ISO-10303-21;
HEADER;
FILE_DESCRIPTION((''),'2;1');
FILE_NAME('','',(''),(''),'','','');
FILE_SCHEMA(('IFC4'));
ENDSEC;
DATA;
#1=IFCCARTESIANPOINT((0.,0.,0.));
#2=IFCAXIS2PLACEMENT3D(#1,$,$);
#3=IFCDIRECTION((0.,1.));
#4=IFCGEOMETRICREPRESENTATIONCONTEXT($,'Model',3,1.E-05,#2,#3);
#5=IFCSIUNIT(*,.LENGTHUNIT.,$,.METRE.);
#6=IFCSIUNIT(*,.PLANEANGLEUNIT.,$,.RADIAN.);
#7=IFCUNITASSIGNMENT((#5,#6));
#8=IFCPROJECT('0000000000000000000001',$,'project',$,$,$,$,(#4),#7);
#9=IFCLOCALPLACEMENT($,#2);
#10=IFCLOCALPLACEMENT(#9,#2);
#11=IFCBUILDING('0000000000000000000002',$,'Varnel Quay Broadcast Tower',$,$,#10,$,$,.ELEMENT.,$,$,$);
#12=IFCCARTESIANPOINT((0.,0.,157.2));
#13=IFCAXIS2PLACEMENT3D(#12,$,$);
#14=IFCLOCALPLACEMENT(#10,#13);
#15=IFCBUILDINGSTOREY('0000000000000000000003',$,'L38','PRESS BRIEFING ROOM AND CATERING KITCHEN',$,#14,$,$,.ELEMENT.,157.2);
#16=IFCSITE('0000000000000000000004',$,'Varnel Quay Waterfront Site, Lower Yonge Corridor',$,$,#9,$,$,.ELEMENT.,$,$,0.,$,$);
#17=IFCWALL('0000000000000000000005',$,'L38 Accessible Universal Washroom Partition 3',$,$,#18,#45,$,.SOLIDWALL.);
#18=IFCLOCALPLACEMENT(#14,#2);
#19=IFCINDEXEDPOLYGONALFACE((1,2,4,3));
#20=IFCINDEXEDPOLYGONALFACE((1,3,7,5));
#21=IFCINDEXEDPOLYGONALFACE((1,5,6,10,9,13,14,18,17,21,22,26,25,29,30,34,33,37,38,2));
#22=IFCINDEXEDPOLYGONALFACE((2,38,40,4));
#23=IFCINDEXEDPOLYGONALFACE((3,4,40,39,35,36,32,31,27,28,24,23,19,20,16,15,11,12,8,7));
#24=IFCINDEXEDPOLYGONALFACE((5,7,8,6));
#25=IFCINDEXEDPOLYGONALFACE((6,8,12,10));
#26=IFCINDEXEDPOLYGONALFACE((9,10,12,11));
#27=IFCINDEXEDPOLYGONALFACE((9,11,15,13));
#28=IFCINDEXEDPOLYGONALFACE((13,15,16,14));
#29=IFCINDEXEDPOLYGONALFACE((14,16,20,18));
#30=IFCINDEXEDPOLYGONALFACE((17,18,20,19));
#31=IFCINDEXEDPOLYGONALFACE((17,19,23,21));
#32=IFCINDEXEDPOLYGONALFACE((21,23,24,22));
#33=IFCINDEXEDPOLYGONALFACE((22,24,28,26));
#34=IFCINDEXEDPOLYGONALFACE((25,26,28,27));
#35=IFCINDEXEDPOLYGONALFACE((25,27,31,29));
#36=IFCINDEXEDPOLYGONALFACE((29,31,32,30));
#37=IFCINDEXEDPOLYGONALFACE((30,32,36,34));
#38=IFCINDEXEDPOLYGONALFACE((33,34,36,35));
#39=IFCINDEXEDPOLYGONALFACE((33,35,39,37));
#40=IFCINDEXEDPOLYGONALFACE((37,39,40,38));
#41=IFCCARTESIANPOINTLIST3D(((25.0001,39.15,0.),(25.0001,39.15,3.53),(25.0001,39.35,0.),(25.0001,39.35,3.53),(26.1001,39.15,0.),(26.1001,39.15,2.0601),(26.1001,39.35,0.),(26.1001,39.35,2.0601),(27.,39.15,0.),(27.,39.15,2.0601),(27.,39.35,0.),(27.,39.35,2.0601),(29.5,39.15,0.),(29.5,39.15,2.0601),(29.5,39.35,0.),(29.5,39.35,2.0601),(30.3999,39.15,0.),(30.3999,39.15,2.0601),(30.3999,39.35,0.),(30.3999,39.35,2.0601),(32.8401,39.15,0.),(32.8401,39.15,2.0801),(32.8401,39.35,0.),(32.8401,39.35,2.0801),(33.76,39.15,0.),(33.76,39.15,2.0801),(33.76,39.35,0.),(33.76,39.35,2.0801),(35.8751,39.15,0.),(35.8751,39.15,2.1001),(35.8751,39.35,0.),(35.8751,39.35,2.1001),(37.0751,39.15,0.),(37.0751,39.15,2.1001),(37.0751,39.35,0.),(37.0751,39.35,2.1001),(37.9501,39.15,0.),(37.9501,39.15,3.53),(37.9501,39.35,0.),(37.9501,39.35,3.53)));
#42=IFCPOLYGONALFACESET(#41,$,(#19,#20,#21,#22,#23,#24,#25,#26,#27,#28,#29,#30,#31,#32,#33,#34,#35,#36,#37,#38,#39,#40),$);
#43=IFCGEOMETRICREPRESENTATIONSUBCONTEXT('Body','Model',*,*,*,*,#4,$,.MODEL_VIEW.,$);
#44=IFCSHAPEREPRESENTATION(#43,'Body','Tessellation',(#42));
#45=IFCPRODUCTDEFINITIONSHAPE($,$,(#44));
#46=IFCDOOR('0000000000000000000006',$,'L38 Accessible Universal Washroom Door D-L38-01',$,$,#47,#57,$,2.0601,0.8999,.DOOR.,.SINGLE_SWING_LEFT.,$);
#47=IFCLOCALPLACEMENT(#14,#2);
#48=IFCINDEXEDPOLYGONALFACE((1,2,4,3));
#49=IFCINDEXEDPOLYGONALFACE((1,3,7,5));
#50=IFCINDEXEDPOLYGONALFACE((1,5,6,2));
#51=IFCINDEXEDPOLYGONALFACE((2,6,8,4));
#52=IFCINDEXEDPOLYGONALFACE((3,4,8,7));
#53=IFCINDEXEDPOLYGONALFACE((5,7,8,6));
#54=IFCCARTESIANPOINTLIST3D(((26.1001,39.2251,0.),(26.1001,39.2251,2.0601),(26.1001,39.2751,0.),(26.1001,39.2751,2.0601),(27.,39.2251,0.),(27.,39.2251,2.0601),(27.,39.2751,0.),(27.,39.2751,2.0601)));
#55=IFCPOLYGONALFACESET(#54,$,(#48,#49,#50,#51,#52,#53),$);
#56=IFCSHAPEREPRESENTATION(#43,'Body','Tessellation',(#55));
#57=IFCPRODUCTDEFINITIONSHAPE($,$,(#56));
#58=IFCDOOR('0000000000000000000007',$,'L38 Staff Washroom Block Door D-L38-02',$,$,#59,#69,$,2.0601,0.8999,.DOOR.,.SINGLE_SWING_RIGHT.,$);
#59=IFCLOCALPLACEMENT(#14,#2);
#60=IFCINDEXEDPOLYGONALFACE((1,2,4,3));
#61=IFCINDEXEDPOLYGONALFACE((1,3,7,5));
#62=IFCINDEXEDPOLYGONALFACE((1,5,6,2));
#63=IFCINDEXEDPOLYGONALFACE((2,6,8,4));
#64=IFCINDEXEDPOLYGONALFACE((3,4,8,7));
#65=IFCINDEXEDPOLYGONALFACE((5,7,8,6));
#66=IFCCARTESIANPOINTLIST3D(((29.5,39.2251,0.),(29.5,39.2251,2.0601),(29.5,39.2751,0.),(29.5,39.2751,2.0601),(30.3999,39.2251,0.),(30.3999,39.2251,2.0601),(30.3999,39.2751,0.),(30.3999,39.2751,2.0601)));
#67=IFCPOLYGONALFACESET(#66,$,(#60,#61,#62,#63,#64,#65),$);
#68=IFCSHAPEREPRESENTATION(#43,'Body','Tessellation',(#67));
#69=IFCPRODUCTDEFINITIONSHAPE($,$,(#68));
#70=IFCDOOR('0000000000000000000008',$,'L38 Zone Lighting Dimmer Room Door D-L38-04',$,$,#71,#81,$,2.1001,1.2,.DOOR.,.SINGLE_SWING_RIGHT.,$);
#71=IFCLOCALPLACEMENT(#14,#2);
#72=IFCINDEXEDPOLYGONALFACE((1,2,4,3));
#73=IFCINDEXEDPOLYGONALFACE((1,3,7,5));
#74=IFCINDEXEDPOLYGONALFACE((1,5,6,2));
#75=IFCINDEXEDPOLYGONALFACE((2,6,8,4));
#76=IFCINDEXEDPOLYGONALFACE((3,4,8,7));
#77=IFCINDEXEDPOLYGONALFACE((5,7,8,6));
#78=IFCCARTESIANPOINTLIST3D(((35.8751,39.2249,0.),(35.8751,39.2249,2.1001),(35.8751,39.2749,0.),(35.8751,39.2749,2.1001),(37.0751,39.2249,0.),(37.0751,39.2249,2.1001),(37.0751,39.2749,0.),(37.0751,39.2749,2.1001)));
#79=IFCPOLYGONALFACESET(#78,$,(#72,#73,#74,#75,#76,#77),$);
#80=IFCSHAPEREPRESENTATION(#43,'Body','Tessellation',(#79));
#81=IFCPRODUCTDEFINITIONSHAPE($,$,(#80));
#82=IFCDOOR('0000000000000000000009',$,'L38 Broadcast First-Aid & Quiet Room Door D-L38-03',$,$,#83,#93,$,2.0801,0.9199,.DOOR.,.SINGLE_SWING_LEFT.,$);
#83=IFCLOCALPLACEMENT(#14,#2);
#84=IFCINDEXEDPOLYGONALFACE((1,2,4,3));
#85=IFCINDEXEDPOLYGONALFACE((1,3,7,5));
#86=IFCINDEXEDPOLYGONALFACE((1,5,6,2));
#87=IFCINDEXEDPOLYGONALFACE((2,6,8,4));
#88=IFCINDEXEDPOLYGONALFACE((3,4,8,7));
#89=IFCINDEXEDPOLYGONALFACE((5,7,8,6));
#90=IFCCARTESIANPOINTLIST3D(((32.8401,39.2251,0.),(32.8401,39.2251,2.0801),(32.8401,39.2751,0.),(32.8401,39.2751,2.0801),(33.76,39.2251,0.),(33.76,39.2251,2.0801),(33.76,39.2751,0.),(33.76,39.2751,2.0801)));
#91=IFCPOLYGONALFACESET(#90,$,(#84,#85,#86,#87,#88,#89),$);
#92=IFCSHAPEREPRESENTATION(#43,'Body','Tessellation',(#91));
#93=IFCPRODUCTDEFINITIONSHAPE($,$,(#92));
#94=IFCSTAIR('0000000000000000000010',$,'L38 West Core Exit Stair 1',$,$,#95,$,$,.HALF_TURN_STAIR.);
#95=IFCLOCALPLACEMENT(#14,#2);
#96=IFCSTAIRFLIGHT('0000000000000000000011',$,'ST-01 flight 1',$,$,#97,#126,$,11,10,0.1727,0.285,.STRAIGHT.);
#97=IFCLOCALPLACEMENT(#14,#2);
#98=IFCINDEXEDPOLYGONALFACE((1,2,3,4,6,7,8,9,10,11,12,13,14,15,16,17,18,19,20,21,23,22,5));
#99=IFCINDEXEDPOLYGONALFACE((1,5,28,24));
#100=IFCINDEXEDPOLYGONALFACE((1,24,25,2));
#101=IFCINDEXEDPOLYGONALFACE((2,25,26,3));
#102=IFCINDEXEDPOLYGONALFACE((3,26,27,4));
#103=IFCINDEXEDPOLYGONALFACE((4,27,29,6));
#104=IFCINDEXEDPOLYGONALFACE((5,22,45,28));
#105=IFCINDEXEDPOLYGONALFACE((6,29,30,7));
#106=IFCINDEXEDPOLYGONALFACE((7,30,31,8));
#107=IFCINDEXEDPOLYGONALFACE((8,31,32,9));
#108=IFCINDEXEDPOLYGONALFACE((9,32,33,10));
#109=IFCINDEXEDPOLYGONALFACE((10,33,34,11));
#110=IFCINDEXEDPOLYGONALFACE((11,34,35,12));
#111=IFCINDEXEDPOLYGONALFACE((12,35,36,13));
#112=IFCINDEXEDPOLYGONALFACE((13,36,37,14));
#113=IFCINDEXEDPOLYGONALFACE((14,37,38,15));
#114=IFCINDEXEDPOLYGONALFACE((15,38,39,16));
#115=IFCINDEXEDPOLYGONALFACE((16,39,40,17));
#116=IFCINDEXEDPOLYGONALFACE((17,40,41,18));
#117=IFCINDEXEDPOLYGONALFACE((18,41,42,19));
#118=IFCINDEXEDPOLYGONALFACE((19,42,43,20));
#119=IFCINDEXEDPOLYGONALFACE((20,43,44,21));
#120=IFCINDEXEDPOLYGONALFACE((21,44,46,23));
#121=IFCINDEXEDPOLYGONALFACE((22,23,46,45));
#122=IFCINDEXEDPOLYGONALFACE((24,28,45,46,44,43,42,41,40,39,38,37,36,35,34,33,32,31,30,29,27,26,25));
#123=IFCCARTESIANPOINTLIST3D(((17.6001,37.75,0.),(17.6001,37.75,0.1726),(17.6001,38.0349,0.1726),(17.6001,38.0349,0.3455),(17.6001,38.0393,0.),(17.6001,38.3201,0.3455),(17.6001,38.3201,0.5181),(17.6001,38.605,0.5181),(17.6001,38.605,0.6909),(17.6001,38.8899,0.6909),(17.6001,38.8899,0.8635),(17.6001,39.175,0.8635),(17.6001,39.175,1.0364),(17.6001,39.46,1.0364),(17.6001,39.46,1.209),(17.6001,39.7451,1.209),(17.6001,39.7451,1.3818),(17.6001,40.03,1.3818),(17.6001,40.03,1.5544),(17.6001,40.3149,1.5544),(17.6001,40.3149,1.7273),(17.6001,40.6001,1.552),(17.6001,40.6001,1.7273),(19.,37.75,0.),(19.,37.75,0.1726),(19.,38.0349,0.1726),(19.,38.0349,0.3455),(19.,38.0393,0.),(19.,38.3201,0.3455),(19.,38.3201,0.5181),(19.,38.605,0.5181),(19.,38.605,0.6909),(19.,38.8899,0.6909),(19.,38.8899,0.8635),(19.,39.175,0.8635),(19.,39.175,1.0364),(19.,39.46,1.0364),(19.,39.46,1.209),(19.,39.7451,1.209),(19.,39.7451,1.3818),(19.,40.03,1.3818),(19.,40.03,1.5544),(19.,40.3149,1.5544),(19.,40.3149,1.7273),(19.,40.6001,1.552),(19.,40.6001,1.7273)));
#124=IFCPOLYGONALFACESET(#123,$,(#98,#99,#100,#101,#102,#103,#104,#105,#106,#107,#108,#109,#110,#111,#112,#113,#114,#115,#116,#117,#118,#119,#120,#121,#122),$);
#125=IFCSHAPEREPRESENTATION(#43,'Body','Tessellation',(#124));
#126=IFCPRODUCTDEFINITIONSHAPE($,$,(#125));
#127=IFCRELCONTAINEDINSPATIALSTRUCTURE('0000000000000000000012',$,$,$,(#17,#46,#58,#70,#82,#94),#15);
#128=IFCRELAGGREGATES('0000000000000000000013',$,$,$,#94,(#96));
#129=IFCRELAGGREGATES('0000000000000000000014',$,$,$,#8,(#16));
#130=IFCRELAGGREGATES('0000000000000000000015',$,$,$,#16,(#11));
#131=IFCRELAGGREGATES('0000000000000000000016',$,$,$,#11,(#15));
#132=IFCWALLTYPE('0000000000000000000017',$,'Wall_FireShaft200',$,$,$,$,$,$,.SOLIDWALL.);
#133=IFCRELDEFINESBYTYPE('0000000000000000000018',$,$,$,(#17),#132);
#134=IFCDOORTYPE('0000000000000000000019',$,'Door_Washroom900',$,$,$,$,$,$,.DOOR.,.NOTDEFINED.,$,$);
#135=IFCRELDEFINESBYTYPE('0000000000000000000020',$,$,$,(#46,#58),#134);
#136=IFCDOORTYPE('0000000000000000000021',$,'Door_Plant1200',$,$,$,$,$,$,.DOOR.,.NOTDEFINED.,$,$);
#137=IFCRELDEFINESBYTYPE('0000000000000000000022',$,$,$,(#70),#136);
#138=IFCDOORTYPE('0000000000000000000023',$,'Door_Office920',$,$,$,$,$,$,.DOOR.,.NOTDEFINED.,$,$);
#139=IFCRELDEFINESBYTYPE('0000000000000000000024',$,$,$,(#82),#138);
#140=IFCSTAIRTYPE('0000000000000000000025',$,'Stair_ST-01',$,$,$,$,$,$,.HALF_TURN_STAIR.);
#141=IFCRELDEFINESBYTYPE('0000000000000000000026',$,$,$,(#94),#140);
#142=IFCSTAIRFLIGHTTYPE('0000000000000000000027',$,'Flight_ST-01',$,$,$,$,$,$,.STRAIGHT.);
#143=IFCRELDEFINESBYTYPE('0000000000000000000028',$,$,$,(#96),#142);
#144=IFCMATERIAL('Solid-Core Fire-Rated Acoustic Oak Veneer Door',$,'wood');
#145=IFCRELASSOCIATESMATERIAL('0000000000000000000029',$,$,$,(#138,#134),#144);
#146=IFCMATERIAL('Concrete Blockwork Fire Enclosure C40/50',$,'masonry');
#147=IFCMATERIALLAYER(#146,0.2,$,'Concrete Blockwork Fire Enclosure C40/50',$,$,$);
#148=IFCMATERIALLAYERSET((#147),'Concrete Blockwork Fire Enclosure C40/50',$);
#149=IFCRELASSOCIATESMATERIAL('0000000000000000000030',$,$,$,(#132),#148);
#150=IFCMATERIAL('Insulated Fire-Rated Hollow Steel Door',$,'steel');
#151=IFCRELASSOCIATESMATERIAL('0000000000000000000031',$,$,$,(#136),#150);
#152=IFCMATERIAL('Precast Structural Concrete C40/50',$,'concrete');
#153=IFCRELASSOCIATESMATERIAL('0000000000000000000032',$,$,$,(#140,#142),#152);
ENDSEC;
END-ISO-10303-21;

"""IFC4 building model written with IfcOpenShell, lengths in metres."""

from ifc_helpers import new_model, si_unit, direction, frame, frame_2d, origin, place, context, subcontext, project, spatial, polyline, rectangle, outline, extrude, source, transform, mapped, material, layer, layer_set, type_object, type_shapes, element, fill, aggregate, save


model = new_model("IFC4")

# Units and contexts
model_context = context("Model", 3, precision=1e-05, world=origin(), true_north=direction((0.0, 1.0)))
body_context = subcontext(model_context, "Body", "Model", "MODEL_VIEW")
ifc_project = project(units=[si_unit("LENGTHUNIT", "METRE"), si_unit("PLANEANGLEUNIT", "RADIAN")], contexts=[model_context])

# Site, building, storey
site_placement = place(None, origin())
site = spatial("IfcSite", under=ifc_project, at=site_placement, Name="Varnel Quay Waterfront Site, Lower Yonge Corridor", CompositionType="ELEMENT", RefElevation=0.0)
building_placement = place(site_placement, origin())
building = spatial("IfcBuilding", under=site, at=building_placement, Name="Varnel Quay Broadcast Tower", CompositionType="ELEMENT")
storey_placement = place(building_placement, frame((0.0, 0.0, 157.2)))
storey = spatial("IfcBuildingStorey", under=building, at=storey_placement, Name="L38", Description="PRESS BRIEFING ROOM AND CATERING KITCHEN", CompositionType="ELEMENT", Elevation=157.2)

# Shared definitions
ifc_material_1 = material(Name="Insulated Fire-Rated Hollow Steel Door", Category="steel")

# Wall, openings, doors
ifc_material_2 = material(Name="Solid-Core Fire-Rated Acoustic Oak Veneer Door", Category="wood")
door_type_1 = type_object("IfcDoorType", Name="Door_Office920", OperationType="NOTDEFINED", PredefinedType="DOOR", material=ifc_material_2)
shared_shape_1 = source(origin(), body_context, "Body", "SweptSolid", [
    extrude(rectangle(XDim=0.9199, YDim=2.0801, at=frame_2d((0.46, 1.04))), frame((0.0, 0.0249, 0.0), z_axis=(0.0, -1.0, 0.0), x_axis=(1.0, 0.0, 0.0)), (0.0, 0.0, 1.0), 0.05),
])
type_shapes(door_type_1, [shared_shape_1])
ifc_material_3 = material(Name="Concrete Blockwork Fire Enclosure C40/50", Category="masonry")
ifc_layer_1 = layer(ifc_material_3, 0.2, Name="Concrete Blockwork Fire Enclosure C40/50")
ifc_layer_set_1 = layer_set([ifc_layer_1], Name="Concrete Blockwork Fire Enclosure C40/50")
wall_type_1 = type_object("IfcWallType", Name="Wall_FireShaft200", PredefinedType="SOLIDWALL", material=ifc_layer_set_1)
wall_1_placement = place(storey_placement, frame((25.0, 39.25, 0.0), z_axis=(0.0, 0.0, 1.0), x_axis=(1.0, 0.0, 0.0)))
wall_1 = element("IfcWall", 1, at=wall_1_placement, inside=storey, type_object=wall_type_1, Name="L38 Accessible Universal Washroom Partition 3", PredefinedType="SOLIDWALL", context=body_context, shape_type="SweptSolid", body=[
    extrude(rectangle(XDim=12.95, YDim=0.2, at=frame_2d((6.4751, 0.0))), origin(), (0.0, 0.0, 1.0), 3.53),
])
opening_1_placement = place(wall_1_placement, frame((1.1001, 0.0, 0.0)))
opening_1 = element("IfcOpeningElement", 2, at=opening_1_placement, cuts=wall_1, PredefinedType="OPENING", context=body_context, shape_type="SweptSolid", body=[
    extrude(rectangle(XDim=0.8999, YDim=2.0601, at=frame_2d((0.45, 1.03))), frame((0.0, 0.1099, 0.0), z_axis=(0.0, -1.0, 0.0), x_axis=(1.0, 0.0, 0.0)), (0.0, 0.0, 1.0), 0.22),
])
opening_2_placement = place(wall_1_placement, frame((4.5, 0.0, 0.0)))
opening_2 = element("IfcOpeningElement", 3, at=opening_2_placement, cuts=wall_1, PredefinedType="OPENING", context=body_context, shape_type="SweptSolid", body=[
    extrude(rectangle(XDim=0.8999, YDim=2.0601, at=frame_2d((0.45, 1.03))), frame((0.0, 0.1099, 0.0), z_axis=(0.0, -1.0, 0.0), x_axis=(1.0, 0.0, 0.0)), (0.0, 0.0, 1.0), 0.22),
])
opening_3_placement = place(wall_1_placement, frame((7.8401, 0.0, 0.0)))
opening_3 = element("IfcOpeningElement", 4, at=opening_3_placement, cuts=wall_1, PredefinedType="OPENING", context=body_context, shape_type="SweptSolid", body=[
    extrude(rectangle(XDim=0.9199, YDim=2.0801, at=frame_2d((0.46, 1.04))), frame((0.0, 0.1099, 0.0), z_axis=(0.0, -1.0, 0.0), x_axis=(1.0, 0.0, 0.0)), (0.0, 0.0, 1.0), 0.22),
])
opening_4_placement = place(wall_1_placement, frame((10.875, 0.0, 0.0)))
opening_4 = element("IfcOpeningElement", 5, at=opening_4_placement, cuts=wall_1, PredefinedType="OPENING", context=body_context, shape_type="SweptSolid", body=[
    extrude(rectangle(XDim=1.2, YDim=2.1001, at=frame_2d((0.6001, 1.05))), frame((0.0, 0.1099, 0.0), z_axis=(0.0, -1.0, 0.0), x_axis=(1.0, 0.0, 0.0)), (0.0, 0.0, 1.0), 0.22),
])
door_type_2 = type_object("IfcDoorType", Name="Door_Washroom900", OperationType="NOTDEFINED", PredefinedType="DOOR", material=ifc_material_2)
shared_shape_2 = source(origin(), body_context, "Body", "SweptSolid", [
    extrude(rectangle(XDim=0.8999, YDim=2.0601, at=frame_2d((0.45, 1.03))), frame((0.0, 0.0249, 0.0), z_axis=(0.0, -1.0, 0.0), x_axis=(1.0, 0.0, 0.0)), (0.0, 0.0, 1.0), 0.05),
])
type_shapes(door_type_2, [shared_shape_2])
door_1_placement = place(opening_1_placement, frame((0.8999, 0.0, 0.0), z_axis=(0.0, 0.0, 1.0), x_axis=(-1.0, 0.0, 0.0)))
door_1 = element("IfcDoor", 6, at=door_1_placement, inside=storey, type_object=door_type_2, Name="L38 Accessible Universal Washroom Door D-L38-01", OperationType="SINGLE_SWING_LEFT", OverallHeight=2.0601, OverallWidth=0.8999, PredefinedType="DOOR", context=body_context, shape_type="MappedRepresentation", body=[
    mapped(shared_shape_2, transform((0.0, 0.0, 0.0), x_axis=(1.0, 0.0, 0.0), y_axis=(0.0, 1.0, 0.0), z_axis=(0.0, 0.0, 1.0), scale=1.0)),
])
fill(opening_1, door_1)
door_2_placement = place(opening_2_placement, frame((0.8999, 0.0, 0.0), z_axis=(0.0, 0.0, 1.0), x_axis=(-1.0, 0.0, 0.0)))
door_2 = element("IfcDoor", 7, at=door_2_placement, inside=storey, type_object=door_type_2, Name="L38 Staff Washroom Block Door D-L38-02", OperationType="SINGLE_SWING_RIGHT", OverallHeight=2.0601, OverallWidth=0.8999, PredefinedType="DOOR", context=body_context, shape_type="MappedRepresentation", body=[
    mapped(shared_shape_2, transform((0.0, 0.0, 0.0), x_axis=(1.0, 0.0, 0.0), y_axis=(0.0, 1.0, 0.0), z_axis=(0.0, 0.0, 1.0), scale=1.0)),
])
fill(opening_2, door_2)
door_type_3 = type_object("IfcDoorType", Name="Door_Plant1200", OperationType="NOTDEFINED", PredefinedType="DOOR", material=ifc_material_1)
shared_shape_3 = source(origin(), body_context, "Body", "SweptSolid", [
    extrude(rectangle(XDim=1.2, YDim=2.1001, at=frame_2d((0.6001, 1.05))), frame((0.0, 0.0249, 0.0), z_axis=(0.0, -1.0, 0.0), x_axis=(1.0, 0.0, 0.0)), (0.0, 0.0, 1.0), 0.05),
])
type_shapes(door_type_3, [shared_shape_3])
door_3_placement = place(opening_4_placement, origin())
door_3 = element("IfcDoor", 8, at=door_3_placement, inside=storey, type_object=door_type_3, Name="L38 Zone Lighting Dimmer Room Door D-L38-04", OperationType="SINGLE_SWING_RIGHT", OverallHeight=2.1001, OverallWidth=1.2, PredefinedType="DOOR", context=body_context, shape_type="MappedRepresentation", body=[
    mapped(shared_shape_3, transform((0.0, 0.0, 0.0), x_axis=(1.0, 0.0, 0.0), y_axis=(0.0, 1.0, 0.0), z_axis=(0.0, 0.0, 1.0), scale=1.0)),
])
fill(opening_4, door_3)
door_4_placement = place(opening_3_placement, frame((0.9199, 0.0, 0.0), z_axis=(0.0, 0.0, 1.0), x_axis=(-1.0, 0.0, 0.0)))
door_4 = element("IfcDoor", 9, at=door_4_placement, inside=storey, type_object=door_type_1, Name="L38 Broadcast First-Aid & Quiet Room Door D-L38-03", OperationType="SINGLE_SWING_LEFT", OverallHeight=2.0801, OverallWidth=0.9199, PredefinedType="DOOR", context=body_context, shape_type="MappedRepresentation", body=[
    mapped(shared_shape_1, transform((0.0, 0.0, 0.0), x_axis=(1.0, 0.0, 0.0), y_axis=(0.0, 1.0, 0.0), z_axis=(0.0, 0.0, 1.0), scale=1.0)),
])
fill(opening_3, door_4)

# Stair, stair flight
ifc_material_4 = material(Name="Precast Structural Concrete C40/50", Category="concrete")
stair_type = type_object("IfcStairType", Name="Stair_ST-01", PredefinedType="HALF_TURN_STAIR", material=ifc_material_4)
stair_placement = place(storey_placement, origin())
stair = element("IfcStair", 10, at=stair_placement, inside=storey, type_object=stair_type, Name="L38 West Core Exit Stair 1", PredefinedType="HALF_TURN_STAIR")
stair_flight_type = type_object("IfcStairFlightType", Name="Flight_ST-01", PredefinedType="STRAIGHT", material=ifc_material_4)
stair_flight_placement = place(storey_placement, frame((18.3, 37.75, 0.0), z_axis=(0.0, 0.0, 1.0), x_axis=(0.0, 1.0, 0.0)))
stair_flight = element("IfcStairFlight", 11, at=stair_flight_placement, type_object=stair_flight_type, Name="ST-01 flight 1", NumberOfRisers=11, NumberOfTreads=10, PredefinedType="STRAIGHT", RiserHeight=0.1727, TreadLength=0.285, context=body_context, shape_type="SweptSolid", body=[
    extrude(outline(polyline([(0.0, 0.0), (0.0, 0.1726), (0.2849, 0.1726), (0.2849, 0.3455), (0.5701, 0.3455), (0.5701, 0.5181), (0.855, 0.5181), (0.855, 0.6909), (1.1399, 0.6909), (1.1399, 0.8635), (1.425, 0.8635), (1.425, 1.0364), (1.71, 1.0364), (1.71, 1.209), (1.9951, 1.209), (1.9951, 1.3818), (2.28, 1.3818), (2.28, 1.5544), (2.5649, 1.5544), (2.5649, 1.7273), (2.8501, 1.7273), (2.8501, 1.8999), (2.8501, 1.552), (0.2893, 0.0), (0.0, 0.0)])), frame((0.0, 0.7, 0.0), z_axis=(0.0, -1.0, 0.0), x_axis=(1.0, 0.0, 0.0)), (0.0, 0.0, 1.0), 1.3999),
])
aggregate(stair, [stair_flight])

save(model, "model.ifc")
